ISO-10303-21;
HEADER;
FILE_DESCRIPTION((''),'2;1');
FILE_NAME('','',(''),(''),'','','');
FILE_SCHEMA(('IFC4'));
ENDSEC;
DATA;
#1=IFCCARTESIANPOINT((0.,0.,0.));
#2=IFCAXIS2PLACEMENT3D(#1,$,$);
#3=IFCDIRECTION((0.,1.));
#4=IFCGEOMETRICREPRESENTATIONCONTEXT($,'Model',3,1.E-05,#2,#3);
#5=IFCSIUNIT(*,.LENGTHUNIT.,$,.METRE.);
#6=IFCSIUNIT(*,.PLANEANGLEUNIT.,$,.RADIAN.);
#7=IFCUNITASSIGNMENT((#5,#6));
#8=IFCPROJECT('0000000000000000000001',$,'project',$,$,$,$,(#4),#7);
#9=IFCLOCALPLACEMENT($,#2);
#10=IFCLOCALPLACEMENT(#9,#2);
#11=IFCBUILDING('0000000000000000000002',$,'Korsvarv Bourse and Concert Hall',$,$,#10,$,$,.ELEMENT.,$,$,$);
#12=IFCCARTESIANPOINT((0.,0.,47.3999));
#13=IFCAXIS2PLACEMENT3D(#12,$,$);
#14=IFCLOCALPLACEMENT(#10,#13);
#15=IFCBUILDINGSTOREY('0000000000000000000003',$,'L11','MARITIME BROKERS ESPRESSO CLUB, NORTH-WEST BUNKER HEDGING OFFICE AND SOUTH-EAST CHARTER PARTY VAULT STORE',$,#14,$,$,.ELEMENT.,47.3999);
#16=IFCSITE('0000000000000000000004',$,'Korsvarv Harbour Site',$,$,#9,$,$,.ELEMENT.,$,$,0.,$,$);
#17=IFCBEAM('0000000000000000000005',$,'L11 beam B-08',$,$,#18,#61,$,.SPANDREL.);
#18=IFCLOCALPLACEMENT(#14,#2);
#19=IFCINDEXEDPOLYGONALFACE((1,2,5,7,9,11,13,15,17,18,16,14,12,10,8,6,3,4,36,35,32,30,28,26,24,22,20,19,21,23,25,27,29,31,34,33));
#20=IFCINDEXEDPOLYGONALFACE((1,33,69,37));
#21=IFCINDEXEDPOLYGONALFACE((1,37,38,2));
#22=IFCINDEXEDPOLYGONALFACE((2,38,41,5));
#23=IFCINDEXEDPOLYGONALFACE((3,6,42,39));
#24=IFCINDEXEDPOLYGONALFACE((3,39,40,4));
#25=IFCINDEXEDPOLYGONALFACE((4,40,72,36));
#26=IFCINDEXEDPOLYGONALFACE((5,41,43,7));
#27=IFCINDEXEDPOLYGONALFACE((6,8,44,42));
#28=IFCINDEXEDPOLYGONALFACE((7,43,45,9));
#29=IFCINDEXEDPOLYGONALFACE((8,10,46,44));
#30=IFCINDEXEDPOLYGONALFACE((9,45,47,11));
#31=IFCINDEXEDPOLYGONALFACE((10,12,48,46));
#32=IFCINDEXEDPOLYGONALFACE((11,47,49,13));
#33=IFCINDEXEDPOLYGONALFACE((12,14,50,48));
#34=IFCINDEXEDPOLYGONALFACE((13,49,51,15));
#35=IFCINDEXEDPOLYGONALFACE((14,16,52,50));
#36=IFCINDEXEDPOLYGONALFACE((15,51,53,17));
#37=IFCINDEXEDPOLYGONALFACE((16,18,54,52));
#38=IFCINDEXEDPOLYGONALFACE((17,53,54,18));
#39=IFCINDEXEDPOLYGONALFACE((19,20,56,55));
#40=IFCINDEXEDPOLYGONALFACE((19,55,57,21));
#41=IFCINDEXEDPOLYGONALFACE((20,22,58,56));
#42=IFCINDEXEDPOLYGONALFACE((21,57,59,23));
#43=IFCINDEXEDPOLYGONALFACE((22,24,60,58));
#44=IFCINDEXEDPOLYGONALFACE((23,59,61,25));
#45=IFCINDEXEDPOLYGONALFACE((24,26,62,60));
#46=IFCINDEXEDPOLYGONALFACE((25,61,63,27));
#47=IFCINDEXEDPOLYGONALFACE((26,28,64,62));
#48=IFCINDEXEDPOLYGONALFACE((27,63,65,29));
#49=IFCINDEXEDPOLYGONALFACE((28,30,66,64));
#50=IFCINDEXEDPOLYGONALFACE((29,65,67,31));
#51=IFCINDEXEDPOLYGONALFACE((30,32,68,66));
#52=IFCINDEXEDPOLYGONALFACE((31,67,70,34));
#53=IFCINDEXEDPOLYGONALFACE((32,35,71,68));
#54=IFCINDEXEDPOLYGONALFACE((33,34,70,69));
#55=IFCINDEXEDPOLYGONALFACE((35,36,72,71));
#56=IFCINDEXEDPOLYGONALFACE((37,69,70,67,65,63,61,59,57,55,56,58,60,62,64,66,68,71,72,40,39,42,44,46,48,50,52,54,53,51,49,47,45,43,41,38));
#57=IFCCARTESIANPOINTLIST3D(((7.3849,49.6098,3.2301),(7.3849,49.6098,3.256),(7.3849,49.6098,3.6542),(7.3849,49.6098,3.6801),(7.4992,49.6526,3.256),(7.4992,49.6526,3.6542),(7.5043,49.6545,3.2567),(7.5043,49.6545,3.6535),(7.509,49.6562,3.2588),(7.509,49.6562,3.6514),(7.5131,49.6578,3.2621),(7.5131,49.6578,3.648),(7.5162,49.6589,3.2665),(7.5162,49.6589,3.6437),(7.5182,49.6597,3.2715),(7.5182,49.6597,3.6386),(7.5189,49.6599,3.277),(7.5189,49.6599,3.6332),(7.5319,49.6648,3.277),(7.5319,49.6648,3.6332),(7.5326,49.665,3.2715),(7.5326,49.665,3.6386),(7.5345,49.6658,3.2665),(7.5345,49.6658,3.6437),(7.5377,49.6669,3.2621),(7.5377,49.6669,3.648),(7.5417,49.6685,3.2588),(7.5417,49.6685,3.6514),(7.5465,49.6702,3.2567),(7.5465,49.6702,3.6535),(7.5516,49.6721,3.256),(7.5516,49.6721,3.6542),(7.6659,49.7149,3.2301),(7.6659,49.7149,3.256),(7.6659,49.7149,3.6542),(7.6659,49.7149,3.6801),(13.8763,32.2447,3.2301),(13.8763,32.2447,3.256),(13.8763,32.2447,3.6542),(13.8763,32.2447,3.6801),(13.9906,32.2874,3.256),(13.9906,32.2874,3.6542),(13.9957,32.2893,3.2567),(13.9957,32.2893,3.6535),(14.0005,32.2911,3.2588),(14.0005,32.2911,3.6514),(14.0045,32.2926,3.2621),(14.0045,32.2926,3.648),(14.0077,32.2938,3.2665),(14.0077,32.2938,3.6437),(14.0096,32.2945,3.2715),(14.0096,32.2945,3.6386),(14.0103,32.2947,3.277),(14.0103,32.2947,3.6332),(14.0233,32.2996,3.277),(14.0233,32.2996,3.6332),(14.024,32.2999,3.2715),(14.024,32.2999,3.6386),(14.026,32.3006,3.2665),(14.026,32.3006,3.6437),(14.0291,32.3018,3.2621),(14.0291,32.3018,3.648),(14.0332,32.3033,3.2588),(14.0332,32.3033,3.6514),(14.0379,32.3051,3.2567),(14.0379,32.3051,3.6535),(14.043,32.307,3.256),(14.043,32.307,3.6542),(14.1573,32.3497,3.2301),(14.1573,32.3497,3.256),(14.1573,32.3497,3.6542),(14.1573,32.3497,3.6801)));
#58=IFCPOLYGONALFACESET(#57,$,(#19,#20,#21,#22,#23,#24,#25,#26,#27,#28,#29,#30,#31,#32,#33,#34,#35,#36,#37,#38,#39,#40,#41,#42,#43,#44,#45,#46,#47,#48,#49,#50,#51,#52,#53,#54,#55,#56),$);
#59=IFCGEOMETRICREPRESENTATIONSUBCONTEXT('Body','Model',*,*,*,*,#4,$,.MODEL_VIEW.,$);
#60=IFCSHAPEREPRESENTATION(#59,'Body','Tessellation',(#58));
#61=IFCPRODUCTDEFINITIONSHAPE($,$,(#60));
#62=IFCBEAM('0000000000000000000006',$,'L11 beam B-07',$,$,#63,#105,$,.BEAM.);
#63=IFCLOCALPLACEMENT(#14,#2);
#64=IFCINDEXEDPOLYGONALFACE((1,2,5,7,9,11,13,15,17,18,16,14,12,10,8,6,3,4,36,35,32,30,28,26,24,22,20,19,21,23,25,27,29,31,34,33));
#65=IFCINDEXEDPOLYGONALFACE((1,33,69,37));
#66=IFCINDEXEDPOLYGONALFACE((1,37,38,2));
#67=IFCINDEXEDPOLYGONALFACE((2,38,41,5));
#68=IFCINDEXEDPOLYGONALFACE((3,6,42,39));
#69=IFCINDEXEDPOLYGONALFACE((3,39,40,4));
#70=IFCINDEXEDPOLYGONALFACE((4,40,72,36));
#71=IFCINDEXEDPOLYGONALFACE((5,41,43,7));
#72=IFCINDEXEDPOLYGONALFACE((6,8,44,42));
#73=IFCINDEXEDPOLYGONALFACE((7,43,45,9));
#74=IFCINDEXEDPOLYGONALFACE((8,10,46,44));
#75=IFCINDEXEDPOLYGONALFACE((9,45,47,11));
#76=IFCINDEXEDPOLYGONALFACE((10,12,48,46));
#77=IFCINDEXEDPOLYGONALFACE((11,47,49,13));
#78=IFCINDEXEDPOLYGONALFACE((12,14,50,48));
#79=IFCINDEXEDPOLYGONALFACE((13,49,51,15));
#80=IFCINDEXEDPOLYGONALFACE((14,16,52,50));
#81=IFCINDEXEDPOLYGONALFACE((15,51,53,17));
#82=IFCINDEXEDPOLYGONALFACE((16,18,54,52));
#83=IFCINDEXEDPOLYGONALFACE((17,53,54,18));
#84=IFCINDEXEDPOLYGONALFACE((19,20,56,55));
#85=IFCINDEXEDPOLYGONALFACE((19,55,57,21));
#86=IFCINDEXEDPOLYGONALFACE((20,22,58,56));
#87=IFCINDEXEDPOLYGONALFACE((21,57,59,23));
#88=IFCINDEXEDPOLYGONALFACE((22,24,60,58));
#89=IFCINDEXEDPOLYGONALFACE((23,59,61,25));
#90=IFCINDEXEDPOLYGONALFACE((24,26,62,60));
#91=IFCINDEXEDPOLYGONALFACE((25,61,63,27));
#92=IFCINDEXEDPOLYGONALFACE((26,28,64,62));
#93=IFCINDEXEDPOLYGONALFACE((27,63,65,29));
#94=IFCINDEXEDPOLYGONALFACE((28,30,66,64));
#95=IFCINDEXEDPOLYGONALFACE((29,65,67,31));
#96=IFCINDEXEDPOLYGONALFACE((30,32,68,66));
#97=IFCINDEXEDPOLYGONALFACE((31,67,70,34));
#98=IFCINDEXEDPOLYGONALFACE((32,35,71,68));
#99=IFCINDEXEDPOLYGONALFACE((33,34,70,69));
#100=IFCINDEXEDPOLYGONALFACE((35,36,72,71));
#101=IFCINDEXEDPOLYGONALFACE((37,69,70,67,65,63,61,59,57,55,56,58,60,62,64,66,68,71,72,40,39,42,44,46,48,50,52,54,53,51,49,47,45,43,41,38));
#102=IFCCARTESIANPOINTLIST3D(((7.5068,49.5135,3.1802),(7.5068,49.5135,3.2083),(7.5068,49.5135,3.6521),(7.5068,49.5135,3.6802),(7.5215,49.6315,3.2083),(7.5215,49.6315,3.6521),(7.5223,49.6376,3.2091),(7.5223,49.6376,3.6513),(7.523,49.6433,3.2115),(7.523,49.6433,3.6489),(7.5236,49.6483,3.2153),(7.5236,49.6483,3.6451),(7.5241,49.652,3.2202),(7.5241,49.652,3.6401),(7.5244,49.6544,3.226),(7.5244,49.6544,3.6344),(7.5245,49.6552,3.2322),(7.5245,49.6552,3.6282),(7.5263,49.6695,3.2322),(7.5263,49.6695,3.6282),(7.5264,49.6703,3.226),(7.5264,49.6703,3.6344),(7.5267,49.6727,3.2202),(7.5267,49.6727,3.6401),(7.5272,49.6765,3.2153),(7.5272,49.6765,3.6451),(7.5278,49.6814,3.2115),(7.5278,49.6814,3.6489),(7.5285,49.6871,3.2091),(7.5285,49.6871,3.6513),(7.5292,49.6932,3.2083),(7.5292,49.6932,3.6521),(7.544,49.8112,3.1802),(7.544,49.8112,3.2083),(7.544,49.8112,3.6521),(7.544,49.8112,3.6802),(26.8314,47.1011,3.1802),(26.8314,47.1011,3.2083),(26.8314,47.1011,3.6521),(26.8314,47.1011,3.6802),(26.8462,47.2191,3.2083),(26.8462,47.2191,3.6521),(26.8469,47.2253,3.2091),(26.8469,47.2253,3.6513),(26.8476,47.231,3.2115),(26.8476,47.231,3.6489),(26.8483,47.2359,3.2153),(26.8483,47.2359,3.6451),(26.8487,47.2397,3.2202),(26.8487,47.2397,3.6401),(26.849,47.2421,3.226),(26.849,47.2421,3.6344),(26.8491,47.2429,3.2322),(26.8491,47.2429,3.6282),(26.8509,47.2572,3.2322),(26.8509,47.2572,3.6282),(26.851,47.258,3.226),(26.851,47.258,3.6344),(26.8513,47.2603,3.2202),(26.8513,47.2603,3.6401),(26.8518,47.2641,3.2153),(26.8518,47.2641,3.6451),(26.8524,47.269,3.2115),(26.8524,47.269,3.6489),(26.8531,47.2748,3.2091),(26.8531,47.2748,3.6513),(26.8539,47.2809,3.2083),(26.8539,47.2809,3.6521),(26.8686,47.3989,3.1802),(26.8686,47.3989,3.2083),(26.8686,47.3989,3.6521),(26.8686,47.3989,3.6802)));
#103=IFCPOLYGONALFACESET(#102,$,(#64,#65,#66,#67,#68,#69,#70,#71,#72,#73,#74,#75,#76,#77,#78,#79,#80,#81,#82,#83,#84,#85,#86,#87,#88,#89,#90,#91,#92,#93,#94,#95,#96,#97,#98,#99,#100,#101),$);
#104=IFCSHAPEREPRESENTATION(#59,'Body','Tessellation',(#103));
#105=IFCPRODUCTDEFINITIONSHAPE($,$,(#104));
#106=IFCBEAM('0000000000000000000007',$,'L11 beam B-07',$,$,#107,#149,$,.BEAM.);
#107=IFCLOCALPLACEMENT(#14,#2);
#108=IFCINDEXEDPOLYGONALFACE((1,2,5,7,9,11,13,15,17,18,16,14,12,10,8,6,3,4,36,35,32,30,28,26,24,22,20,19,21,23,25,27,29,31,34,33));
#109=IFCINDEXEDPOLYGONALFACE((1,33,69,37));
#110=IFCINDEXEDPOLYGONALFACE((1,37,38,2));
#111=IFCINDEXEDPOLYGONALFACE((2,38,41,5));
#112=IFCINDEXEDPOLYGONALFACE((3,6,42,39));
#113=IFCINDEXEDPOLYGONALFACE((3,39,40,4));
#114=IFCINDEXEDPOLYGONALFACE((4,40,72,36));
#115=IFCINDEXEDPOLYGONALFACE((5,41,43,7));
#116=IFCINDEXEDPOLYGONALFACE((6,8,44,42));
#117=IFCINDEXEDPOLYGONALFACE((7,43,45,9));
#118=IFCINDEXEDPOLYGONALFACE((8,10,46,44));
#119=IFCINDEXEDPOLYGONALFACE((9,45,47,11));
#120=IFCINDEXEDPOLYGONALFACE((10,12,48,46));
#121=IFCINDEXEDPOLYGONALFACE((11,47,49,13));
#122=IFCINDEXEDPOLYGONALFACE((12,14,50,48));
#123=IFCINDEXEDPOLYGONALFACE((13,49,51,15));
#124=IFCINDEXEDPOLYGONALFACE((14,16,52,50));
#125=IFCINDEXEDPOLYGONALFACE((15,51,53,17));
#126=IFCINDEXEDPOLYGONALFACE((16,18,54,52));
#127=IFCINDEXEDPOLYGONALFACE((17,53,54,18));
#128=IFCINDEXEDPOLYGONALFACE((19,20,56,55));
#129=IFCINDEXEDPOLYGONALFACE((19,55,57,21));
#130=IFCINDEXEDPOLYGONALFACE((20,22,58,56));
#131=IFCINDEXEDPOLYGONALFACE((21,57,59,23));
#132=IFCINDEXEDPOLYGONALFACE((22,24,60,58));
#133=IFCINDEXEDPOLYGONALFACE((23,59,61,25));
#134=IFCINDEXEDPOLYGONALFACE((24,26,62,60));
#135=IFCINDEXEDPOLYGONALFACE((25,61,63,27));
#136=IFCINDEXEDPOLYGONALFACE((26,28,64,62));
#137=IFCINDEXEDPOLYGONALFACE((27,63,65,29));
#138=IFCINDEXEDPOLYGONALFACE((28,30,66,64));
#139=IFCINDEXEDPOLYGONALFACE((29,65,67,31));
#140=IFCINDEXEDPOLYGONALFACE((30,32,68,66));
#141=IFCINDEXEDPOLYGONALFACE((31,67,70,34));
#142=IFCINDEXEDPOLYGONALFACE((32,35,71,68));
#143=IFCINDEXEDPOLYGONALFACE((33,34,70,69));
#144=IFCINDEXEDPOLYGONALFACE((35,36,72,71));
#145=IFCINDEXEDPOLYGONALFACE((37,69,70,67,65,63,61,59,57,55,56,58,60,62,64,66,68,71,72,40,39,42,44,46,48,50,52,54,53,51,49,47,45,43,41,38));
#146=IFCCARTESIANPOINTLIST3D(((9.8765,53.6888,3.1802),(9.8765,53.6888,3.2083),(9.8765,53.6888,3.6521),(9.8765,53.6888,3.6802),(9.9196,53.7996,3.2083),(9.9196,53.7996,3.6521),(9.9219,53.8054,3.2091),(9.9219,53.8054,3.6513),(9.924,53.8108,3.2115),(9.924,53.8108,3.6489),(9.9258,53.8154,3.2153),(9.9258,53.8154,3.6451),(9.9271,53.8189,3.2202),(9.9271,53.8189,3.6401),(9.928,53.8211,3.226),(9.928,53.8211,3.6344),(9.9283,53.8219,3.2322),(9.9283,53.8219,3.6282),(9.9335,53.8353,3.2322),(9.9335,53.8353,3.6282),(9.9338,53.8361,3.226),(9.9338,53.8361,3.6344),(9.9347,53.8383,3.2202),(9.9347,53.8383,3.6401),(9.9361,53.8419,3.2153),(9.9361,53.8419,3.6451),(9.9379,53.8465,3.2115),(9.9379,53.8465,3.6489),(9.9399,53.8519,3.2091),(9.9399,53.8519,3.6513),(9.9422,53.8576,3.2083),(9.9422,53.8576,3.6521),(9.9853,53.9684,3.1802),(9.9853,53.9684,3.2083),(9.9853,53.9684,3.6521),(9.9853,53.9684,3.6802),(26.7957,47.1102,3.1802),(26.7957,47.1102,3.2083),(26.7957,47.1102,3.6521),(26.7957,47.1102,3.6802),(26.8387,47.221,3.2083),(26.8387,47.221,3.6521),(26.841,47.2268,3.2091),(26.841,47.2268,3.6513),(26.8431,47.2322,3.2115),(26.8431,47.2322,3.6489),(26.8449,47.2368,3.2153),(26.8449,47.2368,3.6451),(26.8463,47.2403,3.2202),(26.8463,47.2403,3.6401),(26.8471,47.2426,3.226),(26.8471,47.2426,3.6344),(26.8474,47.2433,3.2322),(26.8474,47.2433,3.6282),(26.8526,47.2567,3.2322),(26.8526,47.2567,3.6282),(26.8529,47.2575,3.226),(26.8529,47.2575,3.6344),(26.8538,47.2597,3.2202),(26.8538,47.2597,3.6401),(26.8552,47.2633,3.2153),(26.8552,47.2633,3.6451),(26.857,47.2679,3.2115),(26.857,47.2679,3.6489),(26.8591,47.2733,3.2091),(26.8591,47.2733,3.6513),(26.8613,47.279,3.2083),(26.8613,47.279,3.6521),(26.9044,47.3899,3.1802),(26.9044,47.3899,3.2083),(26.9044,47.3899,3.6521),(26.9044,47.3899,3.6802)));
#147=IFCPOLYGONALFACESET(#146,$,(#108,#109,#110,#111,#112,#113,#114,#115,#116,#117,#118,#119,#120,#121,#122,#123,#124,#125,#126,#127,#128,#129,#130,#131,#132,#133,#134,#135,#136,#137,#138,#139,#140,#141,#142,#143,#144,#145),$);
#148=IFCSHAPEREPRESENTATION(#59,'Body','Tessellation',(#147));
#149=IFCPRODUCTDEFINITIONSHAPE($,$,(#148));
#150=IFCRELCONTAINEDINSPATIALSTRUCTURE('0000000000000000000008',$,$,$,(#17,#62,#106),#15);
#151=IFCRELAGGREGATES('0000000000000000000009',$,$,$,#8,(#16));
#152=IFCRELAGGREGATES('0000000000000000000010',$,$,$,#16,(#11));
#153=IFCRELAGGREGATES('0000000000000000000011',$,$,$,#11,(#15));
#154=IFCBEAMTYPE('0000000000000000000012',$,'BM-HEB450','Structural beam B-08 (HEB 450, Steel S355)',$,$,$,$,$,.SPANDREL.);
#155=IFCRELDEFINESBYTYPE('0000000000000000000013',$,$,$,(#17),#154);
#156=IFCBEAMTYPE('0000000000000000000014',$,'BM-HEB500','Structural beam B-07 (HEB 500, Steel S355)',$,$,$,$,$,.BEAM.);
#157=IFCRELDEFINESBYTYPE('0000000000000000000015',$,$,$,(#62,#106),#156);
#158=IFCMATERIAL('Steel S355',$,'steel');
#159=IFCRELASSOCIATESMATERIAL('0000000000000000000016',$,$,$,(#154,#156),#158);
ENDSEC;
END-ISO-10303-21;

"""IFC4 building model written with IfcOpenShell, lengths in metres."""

from ifc_helpers import new_model, si_unit, direction, frame, origin, origin_2d, place, context, subcontext, project, spatial, i_section, extrude, source, transform, mapped, material, material_profile, profile_set, type_object, element, save


model = new_model("IFC4")

# Units and contexts
model_context = context("Model", 3, precision=1e-05, world=origin(), true_north=direction((0.0, 1.0)))
body_context = subcontext(model_context, "Body", "Model", "MODEL_VIEW")
ifc_project = project(units=[si_unit("LENGTHUNIT", "METRE"), si_unit("PLANEANGLEUNIT", "RADIAN")], contexts=[model_context])

# Site, building, storey
site_placement = place(None, origin())
site = spatial("IfcSite", under=ifc_project, at=site_placement, Name="Korsvarv Harbour Site", CompositionType="ELEMENT", RefElevation=0.0)
building_placement = place(site_placement, origin())
building = spatial("IfcBuilding", under=site, at=building_placement, Name="Korsvarv Bourse and Concert Hall", CompositionType="ELEMENT")
storey_placement = place(building_placement, frame((0.0, 0.0, 47.3999)))
storey = spatial("IfcBuildingStorey", under=building, at=storey_placement, Name="L11", Description="MARITIME BROKERS ESPRESSO CLUB, NORTH-WEST BUNKER HEDGING OFFICE AND SOUTH-EAST CHARTER PARTY VAULT STORE", CompositionType="ELEMENT", Elevation=47.3999)

# Beams
ifc_material_1 = material(Name="Steel S355", Category="steel")
ifc_material_profile_1 = material_profile(ifc_material_1, i_section(OverallWidth=0.3, OverallDepth=0.45, WebThickness=0.0139, FlangeThickness=0.0259, FilletRadius=0.021, at=origin_2d()), Name="HEB 450")
ifc_profile_set_1 = profile_set([ifc_material_profile_1], Name="Steel S355")
beam_type_1 = type_object("IfcBeamType", Name="BM-HEB450", Description="Structural beam B-08 (HEB 450, Steel S355)", PredefinedType="SPANDREL", material=ifc_profile_set_1)
shared_shape_1 = source(origin(), body_context, "Body", "SweptSolid", [
    extrude(i_section(OverallWidth=0.3, OverallDepth=0.45, WebThickness=0.0139, FlangeThickness=0.0259, FilletRadius=0.021, at=origin_2d()), origin(), (0.0, 0.0, 1.0), 18.5388),
])
beam_1_placement = place(storey_placement, frame((7.5254, 49.6624, 3.4551), z_axis=(0.350153, -0.936692, 0.0), x_axis=(0.936692, 0.350153, 0.0)))
element("IfcBeam", 1, at=beam_1_placement, inside=storey, type_object=beam_type_1, Name="L11 beam B-08", PredefinedType="SPANDREL", context=body_context, shape_type="MappedRepresentation", body=[
    mapped(shared_shape_1, transform((0.0, 0.0, 0.0), scale=1.0)),
])
ifc_material_profile_2 = material_profile(ifc_material_1, i_section(OverallWidth=0.3, OverallDepth=0.5, WebThickness=0.0144, FlangeThickness=0.0281, FilletRadius=0.0239, at=origin_2d()), Name="HEB 500")
ifc_profile_set_2 = profile_set([ifc_material_profile_2], Name="Steel S355")
beam_type_2 = type_object("IfcBeamType", Name="BM-HEB500", Description="Structural beam B-07 (HEB 500, Steel S355)", PredefinedType="BEAM", material=ifc_profile_set_2)
shared_shape_2 = source(origin(), body_context, "Body", "SweptSolid", [
    extrude(i_section(OverallWidth=0.3, OverallDepth=0.5, WebThickness=0.0144, FlangeThickness=0.0281, FilletRadius=0.0239, at=origin_2d()), origin(), (0.0, 0.0, 1.0), 19.4746),
])
beam_2_placement = place(storey_placement, frame((7.5254, 49.6624, 3.4302), z_axis=(0.992298, -0.123871, 0.0), x_axis=(0.123871, 0.992298, 0.0)))
element("IfcBeam", 2, at=beam_2_placement, inside=storey, type_object=beam_type_2, Name="L11 beam B-07", PredefinedType="BEAM", context=body_context, shape_type="MappedRepresentation", body=[
    mapped(shared_shape_2, transform((0.0, 0.0, 0.0), scale=1.0)),
])
shared_shape_3 = source(origin(), body_context, "Body", "SweptSolid", [
    extrude(i_section(OverallWidth=0.3, OverallDepth=0.5, WebThickness=0.0144, FlangeThickness=0.0281, FilletRadius=0.0239, at=origin_2d()), origin(), (0.0, 0.0, 1.0), 18.1531),
])
beam_3_placement = place(storey_placement, frame((9.9309, 53.8286, 3.4302), z_axis=(0.932025, -0.362395, 0.0), x_axis=(0.362395, 0.932025, 0.0)))
element("IfcBeam", 3, at=beam_3_placement, inside=storey, type_object=beam_type_2, Name="L11 beam B-07", PredefinedType="BEAM", context=body_context, shape_type="MappedRepresentation", body=[
    mapped(shared_shape_3, transform((0.0, 0.0, 0.0), scale=1.0)),
])

save(model, "model.ifc")
